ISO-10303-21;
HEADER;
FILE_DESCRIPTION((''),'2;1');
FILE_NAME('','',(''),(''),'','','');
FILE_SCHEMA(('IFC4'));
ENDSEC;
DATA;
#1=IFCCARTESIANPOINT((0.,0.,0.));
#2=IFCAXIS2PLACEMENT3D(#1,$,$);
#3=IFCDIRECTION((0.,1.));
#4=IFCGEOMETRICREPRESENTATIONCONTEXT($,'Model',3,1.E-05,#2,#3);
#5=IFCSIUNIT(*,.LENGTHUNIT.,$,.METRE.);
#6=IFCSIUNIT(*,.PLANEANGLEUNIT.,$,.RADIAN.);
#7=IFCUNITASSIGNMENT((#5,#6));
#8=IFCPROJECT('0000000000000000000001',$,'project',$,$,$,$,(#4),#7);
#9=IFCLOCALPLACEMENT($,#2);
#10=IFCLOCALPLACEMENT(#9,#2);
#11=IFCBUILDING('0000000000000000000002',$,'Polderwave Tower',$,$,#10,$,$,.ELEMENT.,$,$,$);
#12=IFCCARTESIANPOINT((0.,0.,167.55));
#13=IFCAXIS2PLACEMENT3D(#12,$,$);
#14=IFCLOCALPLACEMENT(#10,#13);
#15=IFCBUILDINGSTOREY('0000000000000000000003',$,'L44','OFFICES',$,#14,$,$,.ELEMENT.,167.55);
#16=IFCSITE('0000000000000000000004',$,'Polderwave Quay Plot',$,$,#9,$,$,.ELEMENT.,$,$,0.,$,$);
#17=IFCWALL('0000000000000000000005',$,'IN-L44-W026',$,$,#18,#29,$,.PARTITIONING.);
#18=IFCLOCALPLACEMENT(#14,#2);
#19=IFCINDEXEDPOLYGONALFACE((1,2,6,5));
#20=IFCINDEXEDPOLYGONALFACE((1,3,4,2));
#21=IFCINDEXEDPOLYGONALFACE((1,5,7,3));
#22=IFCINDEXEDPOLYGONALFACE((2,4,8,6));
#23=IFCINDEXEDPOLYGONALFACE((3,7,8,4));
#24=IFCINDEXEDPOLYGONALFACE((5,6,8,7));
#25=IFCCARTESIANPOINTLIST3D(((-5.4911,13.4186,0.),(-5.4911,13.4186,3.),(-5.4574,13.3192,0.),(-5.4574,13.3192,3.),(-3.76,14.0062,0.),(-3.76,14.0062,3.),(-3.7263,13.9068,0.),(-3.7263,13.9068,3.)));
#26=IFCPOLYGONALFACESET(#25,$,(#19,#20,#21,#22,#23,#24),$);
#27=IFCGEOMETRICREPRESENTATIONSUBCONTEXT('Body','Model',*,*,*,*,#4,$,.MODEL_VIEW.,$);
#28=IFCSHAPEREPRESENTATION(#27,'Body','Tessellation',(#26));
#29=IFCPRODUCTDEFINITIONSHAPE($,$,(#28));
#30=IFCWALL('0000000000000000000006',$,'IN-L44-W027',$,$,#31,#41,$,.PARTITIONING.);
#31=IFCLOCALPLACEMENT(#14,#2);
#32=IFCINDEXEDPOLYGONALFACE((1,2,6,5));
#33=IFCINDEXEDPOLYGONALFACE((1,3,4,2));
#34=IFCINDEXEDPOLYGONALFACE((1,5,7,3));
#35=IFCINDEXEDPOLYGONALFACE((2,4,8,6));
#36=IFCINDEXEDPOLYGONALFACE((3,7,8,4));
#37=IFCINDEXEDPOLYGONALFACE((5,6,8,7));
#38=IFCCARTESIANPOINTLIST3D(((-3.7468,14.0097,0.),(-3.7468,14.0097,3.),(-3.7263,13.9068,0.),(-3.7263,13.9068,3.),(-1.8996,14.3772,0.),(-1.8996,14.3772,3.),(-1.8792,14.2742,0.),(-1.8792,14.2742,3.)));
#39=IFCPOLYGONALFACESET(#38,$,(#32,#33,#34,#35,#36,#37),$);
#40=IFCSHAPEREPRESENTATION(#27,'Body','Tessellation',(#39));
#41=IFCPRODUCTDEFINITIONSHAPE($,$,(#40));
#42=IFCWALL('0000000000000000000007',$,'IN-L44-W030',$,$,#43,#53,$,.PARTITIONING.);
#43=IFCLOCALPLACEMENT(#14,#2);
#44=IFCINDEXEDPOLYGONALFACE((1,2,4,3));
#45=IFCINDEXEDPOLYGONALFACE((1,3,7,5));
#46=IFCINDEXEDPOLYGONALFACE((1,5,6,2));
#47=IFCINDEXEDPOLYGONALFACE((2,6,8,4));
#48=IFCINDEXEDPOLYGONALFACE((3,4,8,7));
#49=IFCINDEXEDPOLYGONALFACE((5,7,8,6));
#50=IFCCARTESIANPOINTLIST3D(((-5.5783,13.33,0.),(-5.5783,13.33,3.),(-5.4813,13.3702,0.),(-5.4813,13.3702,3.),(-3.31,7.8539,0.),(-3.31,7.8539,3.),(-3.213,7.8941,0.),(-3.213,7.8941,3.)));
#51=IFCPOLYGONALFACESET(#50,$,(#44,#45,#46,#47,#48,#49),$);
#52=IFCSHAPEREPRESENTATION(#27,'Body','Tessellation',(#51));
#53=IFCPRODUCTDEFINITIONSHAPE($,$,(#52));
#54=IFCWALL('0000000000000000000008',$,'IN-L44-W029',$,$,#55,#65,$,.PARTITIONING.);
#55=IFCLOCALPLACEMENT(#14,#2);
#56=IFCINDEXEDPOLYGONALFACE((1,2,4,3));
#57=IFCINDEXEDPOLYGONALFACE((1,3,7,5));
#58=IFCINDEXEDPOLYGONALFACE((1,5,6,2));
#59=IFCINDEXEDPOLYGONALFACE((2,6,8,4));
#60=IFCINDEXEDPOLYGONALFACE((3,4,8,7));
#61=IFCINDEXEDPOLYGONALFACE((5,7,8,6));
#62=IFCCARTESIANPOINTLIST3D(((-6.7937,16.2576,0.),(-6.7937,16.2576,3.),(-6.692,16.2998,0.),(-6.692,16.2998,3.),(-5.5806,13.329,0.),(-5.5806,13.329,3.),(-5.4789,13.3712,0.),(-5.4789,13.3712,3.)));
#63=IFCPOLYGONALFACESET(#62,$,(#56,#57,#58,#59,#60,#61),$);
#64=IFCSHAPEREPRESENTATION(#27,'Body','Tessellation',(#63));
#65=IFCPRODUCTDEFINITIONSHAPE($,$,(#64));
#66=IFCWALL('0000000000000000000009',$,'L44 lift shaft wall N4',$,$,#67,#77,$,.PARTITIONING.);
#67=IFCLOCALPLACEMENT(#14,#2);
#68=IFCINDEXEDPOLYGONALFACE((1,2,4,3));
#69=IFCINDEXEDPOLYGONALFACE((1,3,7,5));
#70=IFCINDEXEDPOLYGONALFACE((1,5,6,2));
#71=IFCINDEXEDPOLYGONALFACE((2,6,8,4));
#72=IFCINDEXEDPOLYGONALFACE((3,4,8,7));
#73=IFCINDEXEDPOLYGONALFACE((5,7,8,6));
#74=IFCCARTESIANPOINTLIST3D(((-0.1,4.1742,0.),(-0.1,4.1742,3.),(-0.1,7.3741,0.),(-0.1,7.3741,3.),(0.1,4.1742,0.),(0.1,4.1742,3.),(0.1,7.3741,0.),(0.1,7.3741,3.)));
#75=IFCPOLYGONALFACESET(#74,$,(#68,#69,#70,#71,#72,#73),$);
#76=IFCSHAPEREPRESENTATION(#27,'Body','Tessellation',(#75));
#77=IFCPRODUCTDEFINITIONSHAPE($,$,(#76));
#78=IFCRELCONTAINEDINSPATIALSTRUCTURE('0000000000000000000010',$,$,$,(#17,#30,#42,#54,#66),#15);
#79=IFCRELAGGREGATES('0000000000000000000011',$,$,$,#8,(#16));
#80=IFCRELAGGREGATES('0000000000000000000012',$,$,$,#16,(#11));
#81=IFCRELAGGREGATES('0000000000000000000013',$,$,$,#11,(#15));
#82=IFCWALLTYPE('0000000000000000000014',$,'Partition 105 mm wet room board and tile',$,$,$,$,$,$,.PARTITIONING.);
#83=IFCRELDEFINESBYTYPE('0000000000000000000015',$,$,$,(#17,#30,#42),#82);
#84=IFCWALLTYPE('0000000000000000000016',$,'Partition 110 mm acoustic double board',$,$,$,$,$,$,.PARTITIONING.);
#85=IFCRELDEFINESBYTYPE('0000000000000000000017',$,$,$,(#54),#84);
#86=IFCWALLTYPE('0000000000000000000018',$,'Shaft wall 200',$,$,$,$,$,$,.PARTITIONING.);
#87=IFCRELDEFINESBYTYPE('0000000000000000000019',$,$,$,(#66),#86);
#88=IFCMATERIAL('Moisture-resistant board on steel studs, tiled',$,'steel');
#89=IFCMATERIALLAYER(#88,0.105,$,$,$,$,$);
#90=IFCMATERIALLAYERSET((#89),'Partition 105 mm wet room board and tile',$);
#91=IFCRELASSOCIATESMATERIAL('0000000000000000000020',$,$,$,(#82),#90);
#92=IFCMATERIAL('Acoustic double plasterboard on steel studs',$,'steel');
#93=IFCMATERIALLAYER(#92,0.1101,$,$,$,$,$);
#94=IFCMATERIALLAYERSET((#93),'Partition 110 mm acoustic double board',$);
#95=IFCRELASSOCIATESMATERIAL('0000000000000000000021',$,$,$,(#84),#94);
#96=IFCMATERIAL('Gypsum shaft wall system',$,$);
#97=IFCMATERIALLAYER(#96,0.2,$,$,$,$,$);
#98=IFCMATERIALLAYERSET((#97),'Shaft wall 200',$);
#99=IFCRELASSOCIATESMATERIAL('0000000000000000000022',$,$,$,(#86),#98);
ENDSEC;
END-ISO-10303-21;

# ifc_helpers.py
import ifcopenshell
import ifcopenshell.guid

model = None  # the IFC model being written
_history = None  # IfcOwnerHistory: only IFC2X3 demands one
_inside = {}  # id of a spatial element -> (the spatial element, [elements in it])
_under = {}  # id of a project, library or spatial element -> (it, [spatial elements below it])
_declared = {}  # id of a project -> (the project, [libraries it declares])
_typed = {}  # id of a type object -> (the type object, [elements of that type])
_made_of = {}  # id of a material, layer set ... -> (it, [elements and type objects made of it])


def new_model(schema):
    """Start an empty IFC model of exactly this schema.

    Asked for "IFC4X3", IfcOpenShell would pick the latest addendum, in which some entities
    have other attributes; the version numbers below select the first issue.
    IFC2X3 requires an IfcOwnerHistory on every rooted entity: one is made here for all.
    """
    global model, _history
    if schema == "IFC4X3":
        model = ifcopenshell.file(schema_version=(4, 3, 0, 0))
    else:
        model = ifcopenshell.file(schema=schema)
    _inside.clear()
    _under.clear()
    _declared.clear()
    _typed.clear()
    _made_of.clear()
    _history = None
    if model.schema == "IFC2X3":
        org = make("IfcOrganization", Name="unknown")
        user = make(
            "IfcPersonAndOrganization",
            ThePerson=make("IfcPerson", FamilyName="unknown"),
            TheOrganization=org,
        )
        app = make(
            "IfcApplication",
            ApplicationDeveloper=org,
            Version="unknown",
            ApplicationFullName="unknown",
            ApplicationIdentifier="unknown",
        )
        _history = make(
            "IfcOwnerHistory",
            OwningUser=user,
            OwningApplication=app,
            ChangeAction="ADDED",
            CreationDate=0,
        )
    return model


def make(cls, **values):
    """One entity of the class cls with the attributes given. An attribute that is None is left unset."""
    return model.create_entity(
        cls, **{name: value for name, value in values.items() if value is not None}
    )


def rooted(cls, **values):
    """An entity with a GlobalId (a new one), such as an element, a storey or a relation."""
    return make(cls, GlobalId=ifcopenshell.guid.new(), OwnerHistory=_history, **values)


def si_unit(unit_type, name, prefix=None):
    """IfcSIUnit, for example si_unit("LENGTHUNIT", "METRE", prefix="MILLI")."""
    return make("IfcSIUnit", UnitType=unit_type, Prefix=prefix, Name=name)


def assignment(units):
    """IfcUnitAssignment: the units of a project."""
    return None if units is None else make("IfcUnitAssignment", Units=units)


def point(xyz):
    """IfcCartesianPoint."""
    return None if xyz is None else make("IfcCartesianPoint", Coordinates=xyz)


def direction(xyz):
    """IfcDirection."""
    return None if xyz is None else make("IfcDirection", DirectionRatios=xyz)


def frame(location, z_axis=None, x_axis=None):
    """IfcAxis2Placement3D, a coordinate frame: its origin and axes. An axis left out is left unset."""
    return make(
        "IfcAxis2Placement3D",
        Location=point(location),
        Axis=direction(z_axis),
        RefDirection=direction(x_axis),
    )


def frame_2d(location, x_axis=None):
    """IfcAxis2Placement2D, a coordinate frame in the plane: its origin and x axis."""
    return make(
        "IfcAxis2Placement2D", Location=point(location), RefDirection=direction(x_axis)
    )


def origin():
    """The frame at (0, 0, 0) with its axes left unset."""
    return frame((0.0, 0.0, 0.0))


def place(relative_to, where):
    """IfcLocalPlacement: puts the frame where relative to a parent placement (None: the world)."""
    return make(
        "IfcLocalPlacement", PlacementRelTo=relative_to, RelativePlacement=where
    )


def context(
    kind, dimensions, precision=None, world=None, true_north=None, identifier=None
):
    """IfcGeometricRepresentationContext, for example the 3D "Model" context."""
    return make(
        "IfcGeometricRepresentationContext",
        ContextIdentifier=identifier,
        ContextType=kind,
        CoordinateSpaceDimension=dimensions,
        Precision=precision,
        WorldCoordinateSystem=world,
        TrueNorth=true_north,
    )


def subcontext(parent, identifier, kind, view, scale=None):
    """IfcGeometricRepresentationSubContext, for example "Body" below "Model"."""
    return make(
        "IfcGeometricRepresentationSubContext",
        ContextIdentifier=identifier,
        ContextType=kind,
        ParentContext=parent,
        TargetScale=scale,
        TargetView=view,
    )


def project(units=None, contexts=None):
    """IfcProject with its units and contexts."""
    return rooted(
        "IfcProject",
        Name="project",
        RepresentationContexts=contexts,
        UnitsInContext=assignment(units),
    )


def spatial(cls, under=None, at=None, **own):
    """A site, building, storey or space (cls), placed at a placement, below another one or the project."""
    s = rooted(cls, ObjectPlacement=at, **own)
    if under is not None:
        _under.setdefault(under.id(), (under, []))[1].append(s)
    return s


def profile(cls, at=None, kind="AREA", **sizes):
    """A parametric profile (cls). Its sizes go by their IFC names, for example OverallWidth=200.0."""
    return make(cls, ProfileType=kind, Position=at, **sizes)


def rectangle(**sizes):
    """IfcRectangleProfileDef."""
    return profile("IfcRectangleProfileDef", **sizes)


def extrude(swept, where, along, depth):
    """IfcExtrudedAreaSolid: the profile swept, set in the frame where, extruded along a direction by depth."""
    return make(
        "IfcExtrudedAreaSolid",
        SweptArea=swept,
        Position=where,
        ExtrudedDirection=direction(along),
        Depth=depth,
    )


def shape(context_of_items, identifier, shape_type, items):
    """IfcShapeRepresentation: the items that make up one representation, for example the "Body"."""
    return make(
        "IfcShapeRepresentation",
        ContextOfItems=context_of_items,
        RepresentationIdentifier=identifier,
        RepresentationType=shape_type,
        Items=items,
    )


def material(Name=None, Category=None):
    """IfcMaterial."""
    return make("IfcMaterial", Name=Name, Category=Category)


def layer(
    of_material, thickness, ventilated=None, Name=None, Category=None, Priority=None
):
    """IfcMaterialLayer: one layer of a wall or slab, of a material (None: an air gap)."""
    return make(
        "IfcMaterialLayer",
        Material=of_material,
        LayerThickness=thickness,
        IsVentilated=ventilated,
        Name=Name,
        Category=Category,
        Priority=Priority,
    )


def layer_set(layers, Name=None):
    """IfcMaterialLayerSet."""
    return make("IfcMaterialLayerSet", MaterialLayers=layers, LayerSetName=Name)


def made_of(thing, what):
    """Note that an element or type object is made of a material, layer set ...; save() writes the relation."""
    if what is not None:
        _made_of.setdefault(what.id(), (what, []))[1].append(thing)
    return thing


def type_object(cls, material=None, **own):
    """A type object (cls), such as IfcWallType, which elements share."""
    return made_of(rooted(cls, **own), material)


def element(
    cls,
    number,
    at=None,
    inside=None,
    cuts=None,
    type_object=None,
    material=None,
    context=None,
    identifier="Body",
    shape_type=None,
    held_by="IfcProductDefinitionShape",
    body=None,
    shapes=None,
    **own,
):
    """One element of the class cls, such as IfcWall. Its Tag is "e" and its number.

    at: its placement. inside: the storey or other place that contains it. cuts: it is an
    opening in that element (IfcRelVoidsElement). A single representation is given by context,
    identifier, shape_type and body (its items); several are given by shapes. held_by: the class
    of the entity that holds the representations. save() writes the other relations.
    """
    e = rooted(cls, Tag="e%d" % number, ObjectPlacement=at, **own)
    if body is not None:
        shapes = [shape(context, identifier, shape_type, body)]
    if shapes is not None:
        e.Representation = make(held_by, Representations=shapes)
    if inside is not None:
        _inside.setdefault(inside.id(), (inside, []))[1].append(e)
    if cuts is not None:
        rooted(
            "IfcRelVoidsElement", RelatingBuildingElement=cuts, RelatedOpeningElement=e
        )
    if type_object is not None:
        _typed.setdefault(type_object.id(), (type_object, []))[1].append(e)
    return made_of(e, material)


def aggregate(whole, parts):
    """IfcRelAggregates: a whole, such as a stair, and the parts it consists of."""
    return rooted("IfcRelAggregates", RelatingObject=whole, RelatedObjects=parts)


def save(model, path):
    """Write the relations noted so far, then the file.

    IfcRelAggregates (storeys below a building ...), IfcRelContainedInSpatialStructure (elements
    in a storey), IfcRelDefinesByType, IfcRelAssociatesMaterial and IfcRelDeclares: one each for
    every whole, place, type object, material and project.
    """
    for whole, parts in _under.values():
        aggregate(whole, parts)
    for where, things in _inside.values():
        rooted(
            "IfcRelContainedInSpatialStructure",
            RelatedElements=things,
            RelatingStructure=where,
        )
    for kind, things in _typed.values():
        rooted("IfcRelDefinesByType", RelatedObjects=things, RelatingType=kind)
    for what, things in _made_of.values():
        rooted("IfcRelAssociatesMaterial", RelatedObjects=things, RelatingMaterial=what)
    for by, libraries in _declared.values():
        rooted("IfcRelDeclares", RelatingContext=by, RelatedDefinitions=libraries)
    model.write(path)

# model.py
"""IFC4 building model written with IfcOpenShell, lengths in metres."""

from ifc_helpers import new_model, si_unit, direction, frame, frame_2d, origin, place, context, subcontext, project, spatial, rectangle, extrude, material, layer, layer_set, type_object, element, save


model = new_model("IFC4")

# Units and contexts
model_context = context("Model", 3, precision=1e-05, world=origin(), true_north=direction((0.0, 1.0)))
body_context = subcontext(model_context, "Body", "Model", "MODEL_VIEW")
ifc_project = project(units=[si_unit("LENGTHUNIT", "METRE"), si_unit("PLANEANGLEUNIT", "RADIAN")], contexts=[model_context])

# Site, building, storey
site_placement = place(None, origin())
site = spatial("IfcSite", under=ifc_project, at=site_placement, Name="Polderwave Quay Plot", CompositionType="ELEMENT", RefElevation=0.0)
building_placement = place(site_placement, origin())
building = spatial("IfcBuilding", under=site, at=building_placement, Name="Polderwave Tower", CompositionType="ELEMENT")
storey_placement = place(building_placement, frame((0.0, 0.0, 167.55)))
storey = spatial("IfcBuildingStorey", under=building, at=storey_placement, Name="L44", Description="OFFICES", CompositionType="ELEMENT", Elevation=167.55)

# Walls
ifc_material_1 = material(Name="Moisture-resistant board on steel studs, tiled", Category="steel")
ifc_layer_1 = layer(ifc_material_1, 0.105)
ifc_layer_set_1 = layer_set([ifc_layer_1], Name="Partition 105 mm wet room board and tile")
wall_type_1 = type_object("IfcWallType", Name="Partition 105 mm wet room board and tile", PredefinedType="PARTITIONING", material=ifc_layer_set_1)
wall_1_placement = place(storey_placement, frame((-3.7432, 13.9565, 0.0), z_axis=(0.0, 0.0, 1.0), x_axis=(-0.946933, -0.321431, 0.0)))
element("IfcWall", 1, at=wall_1_placement, inside=storey, type_object=wall_type_1, Name="IN-L44-W026", PredefinedType="PARTITIONING", context=body_context, shape_type="SweptSolid", body=[
    extrude(rectangle(XDim=1.8281, YDim=0.105, at=frame_2d((0.9141, 0.0))), origin(), (0.0, 0.0, 1.0), 3.0),
])
wall_2_placement = place(storey_placement, frame((-1.8894, 14.3257, 0.0), z_axis=(0.0, 0.0, 1.0), x_axis=(-0.980785, -0.195094, 0.0)))
element("IfcWall", 2, at=wall_2_placement, inside=storey, type_object=wall_type_1, Name="IN-L44-W027", PredefinedType="PARTITIONING", context=body_context, shape_type="SweptSolid", body=[
    extrude(rectangle(XDim=1.8833, YDim=0.105, at=frame_2d((0.9417, 0.0))), origin(), (0.0, 0.0, 1.0), 3.0),
])
wall_3_placement = place(storey_placement, frame((-3.2615, 7.874, 0.0), z_axis=(0.0, 0.0, 1.0), x_axis=(-0.38269, 0.923877, 0.0)))
element("IfcWall", 3, at=wall_3_placement, inside=storey, type_object=wall_type_1, Name="IN-L44-W030", PredefinedType="PARTITIONING", context=body_context, shape_type="SweptSolid", body=[
    extrude(rectangle(XDim=5.9272, YDim=0.105, at=frame_2d((2.9636, 0.0))), origin(), (0.0, 0.0, 1.0), 3.0),
])
ifc_material_2 = material(Name="Acoustic double plasterboard on steel studs", Category="steel")
ifc_layer_2 = layer(ifc_material_2, 0.1101)
ifc_layer_set_2 = layer_set([ifc_layer_2], Name="Partition 110 mm acoustic double board")
wall_type_2 = type_object("IfcWallType", Name="Partition 110 mm acoustic double board", PredefinedType="PARTITIONING", material=ifc_layer_set_2)
wall_4_placement = place(storey_placement, frame((-5.5298, 13.3501, 0.0), z_axis=(0.0, 0.0, 1.0), x_axis=(-0.38269, 0.923877, 0.0)))
element("IfcWall", 4, at=wall_4_placement, inside=storey, type_object=wall_type_2, Name="IN-L44-W029", PredefinedType="PARTITIONING", context=body_context, shape_type="SweptSolid", body=[
    extrude(rectangle(XDim=3.1699, YDim=0.1101, at=frame_2d((1.585, 0.0))), origin(), (0.0, 0.0, 1.0), 3.0),
])
ifc_material_3 = material(Name="Gypsum shaft wall system")
ifc_layer_3 = layer(ifc_material_3, 0.2)
ifc_layer_set_3 = layer_set([ifc_layer_3], Name="Shaft wall 200")
wall_type_3 = type_object("IfcWallType", Name="Shaft wall 200", PredefinedType="PARTITIONING", material=ifc_layer_set_3)
wall_5_placement = place(storey_placement, frame((0.0, 4.1741, 0.0), z_axis=(0.0, 0.0, 1.0), x_axis=(0.0, 1.0, 0.0)))
element("IfcWall", 5, at=wall_5_placement, inside=storey, type_object=wall_type_3, Name="L44 lift shaft wall N4", PredefinedType="PARTITIONING", context=body_context, shape_type="SweptSolid", body=[
    extrude(rectangle(XDim=3.2, YDim=0.2, at=frame_2d((1.6001, 0.0))), origin(), (0.0, 0.0, 1.0), 3.0),
])

save(model, "model.ifc")
